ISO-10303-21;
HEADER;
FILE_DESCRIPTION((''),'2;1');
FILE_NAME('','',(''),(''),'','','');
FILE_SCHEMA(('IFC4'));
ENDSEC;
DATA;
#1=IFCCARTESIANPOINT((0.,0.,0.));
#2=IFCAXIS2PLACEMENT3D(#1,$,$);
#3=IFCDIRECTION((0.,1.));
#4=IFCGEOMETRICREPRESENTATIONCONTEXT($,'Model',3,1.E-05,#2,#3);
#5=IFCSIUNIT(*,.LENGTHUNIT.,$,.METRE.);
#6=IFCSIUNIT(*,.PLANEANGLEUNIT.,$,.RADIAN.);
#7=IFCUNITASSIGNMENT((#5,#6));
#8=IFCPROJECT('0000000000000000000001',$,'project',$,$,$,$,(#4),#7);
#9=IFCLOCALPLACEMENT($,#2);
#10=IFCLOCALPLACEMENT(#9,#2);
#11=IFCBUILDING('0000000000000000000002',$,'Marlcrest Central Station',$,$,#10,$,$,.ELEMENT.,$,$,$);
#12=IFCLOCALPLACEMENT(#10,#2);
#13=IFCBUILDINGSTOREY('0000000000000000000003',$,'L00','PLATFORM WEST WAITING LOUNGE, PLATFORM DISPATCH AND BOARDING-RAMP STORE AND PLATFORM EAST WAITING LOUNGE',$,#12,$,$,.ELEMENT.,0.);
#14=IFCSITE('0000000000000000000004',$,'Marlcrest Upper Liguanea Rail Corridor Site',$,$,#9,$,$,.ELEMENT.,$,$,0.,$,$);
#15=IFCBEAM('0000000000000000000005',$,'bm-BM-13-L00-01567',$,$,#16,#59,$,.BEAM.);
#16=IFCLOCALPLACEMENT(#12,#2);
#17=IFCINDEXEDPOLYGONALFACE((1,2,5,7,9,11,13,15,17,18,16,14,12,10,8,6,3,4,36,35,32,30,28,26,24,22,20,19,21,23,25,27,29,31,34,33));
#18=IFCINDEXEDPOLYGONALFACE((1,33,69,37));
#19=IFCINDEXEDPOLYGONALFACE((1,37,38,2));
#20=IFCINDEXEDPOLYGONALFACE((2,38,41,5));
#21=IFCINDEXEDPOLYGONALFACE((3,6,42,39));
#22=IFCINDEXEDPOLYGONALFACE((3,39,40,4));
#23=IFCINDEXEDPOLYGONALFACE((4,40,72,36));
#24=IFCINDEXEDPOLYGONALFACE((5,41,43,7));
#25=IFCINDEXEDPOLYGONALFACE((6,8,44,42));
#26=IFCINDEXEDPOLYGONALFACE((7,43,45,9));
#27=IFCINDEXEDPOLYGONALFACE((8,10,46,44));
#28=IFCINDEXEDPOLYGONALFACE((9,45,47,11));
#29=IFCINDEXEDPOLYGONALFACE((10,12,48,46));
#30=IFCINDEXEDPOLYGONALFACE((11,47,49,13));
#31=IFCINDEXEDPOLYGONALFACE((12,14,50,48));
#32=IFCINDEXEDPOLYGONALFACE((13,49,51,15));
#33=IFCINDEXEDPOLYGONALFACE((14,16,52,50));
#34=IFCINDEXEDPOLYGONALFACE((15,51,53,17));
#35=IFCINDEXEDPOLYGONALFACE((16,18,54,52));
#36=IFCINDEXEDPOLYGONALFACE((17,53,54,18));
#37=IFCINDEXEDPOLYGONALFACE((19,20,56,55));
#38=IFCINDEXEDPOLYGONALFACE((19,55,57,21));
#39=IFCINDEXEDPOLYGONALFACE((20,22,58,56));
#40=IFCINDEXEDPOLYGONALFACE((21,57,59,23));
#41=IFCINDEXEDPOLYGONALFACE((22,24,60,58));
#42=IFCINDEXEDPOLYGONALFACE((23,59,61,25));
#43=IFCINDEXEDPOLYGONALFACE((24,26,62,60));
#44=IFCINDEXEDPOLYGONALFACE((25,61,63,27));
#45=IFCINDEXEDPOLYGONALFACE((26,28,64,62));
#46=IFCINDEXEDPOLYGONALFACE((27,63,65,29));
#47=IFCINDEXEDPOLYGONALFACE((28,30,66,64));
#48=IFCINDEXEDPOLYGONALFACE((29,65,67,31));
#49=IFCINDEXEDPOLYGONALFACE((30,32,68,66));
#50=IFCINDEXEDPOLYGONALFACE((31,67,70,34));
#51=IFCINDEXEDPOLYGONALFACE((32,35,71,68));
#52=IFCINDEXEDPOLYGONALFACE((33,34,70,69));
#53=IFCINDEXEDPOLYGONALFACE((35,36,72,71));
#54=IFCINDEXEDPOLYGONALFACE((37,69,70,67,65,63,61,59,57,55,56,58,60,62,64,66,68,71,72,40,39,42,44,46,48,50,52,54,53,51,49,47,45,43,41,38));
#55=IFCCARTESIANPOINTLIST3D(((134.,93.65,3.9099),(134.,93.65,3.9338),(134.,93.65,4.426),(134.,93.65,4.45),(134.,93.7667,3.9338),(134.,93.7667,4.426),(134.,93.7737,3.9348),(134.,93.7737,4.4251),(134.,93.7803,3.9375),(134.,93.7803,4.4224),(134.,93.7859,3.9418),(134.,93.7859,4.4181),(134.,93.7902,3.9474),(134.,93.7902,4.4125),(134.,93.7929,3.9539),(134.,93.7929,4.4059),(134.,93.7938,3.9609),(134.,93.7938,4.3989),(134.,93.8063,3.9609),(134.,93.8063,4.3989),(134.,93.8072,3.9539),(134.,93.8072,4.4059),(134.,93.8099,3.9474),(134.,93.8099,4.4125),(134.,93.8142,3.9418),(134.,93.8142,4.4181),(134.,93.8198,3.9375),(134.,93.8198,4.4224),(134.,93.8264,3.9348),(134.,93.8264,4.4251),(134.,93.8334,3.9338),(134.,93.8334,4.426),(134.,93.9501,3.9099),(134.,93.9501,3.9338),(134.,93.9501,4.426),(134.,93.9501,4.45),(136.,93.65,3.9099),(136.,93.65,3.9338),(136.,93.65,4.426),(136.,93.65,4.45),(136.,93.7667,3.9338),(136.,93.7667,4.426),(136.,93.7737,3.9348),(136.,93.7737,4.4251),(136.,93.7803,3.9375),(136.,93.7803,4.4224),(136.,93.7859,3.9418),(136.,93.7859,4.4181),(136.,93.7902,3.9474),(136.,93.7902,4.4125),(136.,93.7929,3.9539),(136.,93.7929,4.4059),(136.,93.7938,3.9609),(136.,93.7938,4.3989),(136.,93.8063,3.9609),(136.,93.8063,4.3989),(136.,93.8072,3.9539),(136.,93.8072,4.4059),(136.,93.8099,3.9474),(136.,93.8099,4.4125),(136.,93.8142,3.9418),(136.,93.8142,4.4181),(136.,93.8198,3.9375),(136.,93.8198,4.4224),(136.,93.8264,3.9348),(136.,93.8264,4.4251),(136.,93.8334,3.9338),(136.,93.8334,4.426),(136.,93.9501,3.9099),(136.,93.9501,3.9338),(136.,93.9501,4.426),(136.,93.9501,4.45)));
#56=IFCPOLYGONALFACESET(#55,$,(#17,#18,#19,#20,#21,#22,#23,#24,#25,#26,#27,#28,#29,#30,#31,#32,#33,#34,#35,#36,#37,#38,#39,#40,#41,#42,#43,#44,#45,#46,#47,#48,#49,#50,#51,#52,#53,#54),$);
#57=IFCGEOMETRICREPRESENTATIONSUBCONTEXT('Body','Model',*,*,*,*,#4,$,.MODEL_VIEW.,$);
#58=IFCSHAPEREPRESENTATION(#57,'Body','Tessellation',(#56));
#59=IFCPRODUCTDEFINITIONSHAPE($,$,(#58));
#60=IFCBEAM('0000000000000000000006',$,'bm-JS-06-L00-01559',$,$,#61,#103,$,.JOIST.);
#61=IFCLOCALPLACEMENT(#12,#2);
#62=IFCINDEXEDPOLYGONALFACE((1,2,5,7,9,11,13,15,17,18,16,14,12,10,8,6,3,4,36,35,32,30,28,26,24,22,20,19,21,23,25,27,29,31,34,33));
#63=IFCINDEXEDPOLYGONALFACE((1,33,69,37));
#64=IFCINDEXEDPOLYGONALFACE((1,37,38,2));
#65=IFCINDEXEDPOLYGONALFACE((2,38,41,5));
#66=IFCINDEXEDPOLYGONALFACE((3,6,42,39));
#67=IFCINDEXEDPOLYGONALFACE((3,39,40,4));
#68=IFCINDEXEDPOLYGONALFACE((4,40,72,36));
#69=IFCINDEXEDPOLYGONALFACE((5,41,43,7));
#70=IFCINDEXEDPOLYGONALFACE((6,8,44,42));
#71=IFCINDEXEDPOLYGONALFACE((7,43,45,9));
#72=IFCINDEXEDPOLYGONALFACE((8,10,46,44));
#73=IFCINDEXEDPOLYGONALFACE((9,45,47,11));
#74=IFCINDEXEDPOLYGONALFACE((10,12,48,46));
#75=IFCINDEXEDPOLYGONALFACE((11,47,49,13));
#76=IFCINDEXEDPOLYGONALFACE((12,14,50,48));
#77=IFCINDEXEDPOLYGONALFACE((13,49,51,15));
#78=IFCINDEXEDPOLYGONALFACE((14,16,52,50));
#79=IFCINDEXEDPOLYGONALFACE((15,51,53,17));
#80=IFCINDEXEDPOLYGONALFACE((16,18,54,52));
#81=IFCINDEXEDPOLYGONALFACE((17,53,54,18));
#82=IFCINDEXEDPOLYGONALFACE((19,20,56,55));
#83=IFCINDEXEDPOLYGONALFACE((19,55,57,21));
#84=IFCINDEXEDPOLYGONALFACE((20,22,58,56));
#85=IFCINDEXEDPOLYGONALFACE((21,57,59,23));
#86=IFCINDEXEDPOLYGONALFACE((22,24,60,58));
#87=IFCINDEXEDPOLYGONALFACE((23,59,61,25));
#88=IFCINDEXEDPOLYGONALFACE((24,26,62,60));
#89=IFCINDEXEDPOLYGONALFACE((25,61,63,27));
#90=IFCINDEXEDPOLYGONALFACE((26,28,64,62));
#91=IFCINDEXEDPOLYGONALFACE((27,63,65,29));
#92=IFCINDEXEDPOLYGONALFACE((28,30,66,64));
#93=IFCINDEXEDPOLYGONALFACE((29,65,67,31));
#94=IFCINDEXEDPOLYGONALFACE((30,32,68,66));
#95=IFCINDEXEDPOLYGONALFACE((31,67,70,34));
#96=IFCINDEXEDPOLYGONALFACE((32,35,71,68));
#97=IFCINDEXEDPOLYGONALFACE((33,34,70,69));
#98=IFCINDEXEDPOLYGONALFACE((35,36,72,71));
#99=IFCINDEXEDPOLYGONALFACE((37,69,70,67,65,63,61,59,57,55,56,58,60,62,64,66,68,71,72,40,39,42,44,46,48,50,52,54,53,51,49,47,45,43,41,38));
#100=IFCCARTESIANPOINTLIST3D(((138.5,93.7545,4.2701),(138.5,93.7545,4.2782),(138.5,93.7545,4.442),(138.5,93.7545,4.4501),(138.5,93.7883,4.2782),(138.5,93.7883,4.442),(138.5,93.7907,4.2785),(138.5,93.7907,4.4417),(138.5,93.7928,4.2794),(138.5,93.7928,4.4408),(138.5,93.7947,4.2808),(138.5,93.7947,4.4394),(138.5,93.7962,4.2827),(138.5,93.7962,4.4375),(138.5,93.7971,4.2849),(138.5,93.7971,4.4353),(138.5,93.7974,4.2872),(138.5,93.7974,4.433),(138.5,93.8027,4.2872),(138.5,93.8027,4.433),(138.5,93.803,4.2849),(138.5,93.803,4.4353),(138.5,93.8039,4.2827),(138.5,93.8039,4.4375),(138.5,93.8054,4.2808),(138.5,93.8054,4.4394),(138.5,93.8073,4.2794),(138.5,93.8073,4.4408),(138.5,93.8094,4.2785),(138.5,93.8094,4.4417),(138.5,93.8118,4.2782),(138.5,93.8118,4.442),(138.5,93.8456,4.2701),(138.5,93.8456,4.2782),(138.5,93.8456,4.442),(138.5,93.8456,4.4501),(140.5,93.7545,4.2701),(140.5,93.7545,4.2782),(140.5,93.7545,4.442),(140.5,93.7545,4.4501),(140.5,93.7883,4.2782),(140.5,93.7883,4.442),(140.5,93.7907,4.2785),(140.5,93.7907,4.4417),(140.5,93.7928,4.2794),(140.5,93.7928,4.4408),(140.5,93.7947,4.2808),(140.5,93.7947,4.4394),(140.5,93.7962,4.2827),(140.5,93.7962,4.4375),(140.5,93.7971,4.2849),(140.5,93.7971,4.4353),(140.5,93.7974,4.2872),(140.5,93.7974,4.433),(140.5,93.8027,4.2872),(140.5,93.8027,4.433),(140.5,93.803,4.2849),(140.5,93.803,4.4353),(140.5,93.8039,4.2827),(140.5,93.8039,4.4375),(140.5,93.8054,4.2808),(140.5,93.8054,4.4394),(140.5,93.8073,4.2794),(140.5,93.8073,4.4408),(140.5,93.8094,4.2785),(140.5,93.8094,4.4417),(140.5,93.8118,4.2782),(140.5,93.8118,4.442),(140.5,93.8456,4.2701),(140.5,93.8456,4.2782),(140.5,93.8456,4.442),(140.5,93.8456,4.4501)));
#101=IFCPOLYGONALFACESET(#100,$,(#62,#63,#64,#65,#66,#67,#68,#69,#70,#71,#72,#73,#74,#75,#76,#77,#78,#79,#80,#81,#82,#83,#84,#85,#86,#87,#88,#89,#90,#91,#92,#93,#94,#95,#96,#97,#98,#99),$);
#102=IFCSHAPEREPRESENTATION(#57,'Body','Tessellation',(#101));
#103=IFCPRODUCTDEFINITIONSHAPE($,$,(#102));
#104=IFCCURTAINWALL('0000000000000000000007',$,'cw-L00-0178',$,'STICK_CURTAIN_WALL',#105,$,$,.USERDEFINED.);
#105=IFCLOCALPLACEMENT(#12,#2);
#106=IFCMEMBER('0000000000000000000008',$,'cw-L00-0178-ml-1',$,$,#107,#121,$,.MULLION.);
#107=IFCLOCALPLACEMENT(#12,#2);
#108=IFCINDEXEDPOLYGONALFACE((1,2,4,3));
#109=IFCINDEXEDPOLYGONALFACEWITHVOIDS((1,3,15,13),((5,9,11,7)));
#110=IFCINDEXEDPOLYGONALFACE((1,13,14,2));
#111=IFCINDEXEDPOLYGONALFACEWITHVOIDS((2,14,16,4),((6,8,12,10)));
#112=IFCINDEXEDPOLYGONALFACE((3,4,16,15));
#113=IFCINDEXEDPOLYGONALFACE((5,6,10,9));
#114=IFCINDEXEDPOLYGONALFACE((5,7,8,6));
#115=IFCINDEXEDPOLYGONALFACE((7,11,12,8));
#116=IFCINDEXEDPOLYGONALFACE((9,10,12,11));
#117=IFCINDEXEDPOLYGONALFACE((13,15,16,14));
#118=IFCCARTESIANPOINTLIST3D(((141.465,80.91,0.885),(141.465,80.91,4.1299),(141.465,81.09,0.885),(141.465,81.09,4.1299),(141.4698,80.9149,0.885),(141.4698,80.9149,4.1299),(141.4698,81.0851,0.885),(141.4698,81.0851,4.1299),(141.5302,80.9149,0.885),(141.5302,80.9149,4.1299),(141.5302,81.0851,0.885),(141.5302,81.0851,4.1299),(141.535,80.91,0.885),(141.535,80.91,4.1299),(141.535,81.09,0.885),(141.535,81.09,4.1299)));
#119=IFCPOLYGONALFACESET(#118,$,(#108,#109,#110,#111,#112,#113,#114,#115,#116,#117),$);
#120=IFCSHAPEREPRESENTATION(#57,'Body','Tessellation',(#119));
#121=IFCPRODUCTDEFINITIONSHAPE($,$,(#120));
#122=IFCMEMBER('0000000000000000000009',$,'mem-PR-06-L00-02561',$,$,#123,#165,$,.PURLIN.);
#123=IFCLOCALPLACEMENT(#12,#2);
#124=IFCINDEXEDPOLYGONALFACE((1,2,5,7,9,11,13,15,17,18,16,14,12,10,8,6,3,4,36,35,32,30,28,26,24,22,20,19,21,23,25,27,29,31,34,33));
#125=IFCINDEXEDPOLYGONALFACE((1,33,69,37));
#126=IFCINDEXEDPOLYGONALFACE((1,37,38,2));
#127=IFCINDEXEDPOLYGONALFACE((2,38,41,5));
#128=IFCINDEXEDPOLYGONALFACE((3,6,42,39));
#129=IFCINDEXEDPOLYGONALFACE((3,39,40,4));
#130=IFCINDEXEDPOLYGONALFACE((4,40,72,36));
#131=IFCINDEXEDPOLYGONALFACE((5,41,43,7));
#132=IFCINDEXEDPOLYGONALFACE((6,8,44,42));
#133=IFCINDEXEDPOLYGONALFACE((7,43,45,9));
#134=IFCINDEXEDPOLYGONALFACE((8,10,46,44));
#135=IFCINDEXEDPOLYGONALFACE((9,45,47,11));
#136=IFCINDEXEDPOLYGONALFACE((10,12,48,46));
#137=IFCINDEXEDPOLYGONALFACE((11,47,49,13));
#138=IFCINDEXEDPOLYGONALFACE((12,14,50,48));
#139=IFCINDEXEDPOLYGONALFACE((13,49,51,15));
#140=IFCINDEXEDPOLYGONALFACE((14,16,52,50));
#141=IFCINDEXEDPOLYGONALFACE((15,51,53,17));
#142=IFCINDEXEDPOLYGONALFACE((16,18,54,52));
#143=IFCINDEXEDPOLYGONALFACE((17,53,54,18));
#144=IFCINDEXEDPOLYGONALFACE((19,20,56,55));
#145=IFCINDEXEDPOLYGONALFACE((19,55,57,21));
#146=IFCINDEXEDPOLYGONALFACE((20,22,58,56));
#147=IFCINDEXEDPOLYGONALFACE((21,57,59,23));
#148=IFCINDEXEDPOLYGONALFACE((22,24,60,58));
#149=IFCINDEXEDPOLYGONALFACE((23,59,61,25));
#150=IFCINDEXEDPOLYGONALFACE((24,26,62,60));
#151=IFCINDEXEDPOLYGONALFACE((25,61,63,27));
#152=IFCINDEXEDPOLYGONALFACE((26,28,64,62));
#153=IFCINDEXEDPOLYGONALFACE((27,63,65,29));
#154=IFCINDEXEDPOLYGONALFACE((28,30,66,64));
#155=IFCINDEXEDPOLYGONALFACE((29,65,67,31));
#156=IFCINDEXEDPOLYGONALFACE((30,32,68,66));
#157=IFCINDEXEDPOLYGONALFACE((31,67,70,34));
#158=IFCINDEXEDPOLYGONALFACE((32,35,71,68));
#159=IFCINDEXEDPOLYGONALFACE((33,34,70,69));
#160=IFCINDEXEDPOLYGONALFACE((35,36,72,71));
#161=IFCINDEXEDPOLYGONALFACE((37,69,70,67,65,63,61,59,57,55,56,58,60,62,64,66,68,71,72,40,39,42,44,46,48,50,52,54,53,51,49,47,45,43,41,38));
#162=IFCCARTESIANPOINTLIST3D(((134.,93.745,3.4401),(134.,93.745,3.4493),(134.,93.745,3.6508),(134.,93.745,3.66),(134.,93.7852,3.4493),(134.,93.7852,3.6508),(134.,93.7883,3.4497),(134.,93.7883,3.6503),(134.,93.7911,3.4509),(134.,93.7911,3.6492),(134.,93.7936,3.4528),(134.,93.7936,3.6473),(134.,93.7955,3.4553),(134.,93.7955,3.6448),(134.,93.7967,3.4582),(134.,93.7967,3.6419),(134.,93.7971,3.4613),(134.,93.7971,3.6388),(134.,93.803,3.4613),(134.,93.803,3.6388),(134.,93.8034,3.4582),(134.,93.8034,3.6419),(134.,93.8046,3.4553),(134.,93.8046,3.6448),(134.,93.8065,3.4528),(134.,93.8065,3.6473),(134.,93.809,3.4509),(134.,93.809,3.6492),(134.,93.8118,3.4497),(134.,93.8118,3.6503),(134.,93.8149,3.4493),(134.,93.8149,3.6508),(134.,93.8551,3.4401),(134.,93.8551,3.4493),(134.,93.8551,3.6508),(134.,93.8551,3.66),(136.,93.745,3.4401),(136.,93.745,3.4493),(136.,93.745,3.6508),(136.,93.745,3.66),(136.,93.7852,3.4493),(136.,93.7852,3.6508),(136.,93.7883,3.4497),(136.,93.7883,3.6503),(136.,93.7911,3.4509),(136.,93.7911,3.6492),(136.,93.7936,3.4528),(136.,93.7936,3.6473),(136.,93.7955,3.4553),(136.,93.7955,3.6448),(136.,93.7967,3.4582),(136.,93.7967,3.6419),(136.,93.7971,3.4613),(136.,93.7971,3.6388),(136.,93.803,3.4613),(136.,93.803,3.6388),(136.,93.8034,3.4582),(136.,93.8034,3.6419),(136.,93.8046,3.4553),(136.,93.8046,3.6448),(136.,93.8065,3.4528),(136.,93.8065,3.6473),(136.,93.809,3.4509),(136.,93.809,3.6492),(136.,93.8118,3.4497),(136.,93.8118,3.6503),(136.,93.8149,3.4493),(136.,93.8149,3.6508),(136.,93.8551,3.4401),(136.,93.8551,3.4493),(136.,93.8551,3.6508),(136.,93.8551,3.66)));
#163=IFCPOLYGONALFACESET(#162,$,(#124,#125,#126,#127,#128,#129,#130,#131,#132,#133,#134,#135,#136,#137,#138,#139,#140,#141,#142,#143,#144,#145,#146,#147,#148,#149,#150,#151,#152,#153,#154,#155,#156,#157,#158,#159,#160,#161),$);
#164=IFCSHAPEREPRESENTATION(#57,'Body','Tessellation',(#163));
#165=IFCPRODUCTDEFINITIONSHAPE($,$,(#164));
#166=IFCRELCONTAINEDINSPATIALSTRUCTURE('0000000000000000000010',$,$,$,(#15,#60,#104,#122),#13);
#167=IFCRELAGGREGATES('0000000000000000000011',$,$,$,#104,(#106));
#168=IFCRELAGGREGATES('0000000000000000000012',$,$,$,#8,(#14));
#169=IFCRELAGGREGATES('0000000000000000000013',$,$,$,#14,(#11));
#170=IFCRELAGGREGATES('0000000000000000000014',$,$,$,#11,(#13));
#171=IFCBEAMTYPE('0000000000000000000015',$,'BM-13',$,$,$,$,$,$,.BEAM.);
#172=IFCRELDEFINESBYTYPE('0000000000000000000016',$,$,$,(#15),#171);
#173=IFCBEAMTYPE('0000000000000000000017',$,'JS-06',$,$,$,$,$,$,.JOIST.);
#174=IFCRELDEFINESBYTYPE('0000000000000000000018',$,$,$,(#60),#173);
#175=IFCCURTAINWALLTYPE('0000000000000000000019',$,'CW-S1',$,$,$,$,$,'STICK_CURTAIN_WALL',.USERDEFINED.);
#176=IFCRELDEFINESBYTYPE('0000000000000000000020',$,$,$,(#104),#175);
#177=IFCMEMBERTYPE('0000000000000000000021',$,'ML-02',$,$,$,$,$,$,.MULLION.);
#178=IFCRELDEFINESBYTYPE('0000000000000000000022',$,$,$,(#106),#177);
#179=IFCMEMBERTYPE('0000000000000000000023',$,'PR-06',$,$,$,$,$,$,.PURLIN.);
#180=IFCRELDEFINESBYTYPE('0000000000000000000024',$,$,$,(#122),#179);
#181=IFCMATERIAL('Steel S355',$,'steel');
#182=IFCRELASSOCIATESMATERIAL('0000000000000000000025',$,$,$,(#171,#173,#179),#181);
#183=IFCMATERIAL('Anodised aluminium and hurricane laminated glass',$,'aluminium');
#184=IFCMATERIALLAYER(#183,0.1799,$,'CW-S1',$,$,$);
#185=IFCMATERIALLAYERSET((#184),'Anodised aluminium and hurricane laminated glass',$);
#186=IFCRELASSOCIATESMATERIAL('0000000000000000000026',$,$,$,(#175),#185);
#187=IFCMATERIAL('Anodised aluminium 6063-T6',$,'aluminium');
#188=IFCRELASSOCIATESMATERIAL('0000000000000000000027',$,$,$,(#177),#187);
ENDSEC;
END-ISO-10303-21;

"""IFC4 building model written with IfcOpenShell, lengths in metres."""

from ifc_helpers import new_model, si_unit, direction, frame, origin, origin_2d, place, context, subcontext, project, spatial, hollow_rectangle, i_section, extrude, material, layer, layer_set, material_profile, profile_set, type_object, element, aggregate, save


model = new_model("IFC4")

# Units and contexts
model_context = context("Model", 3, precision=1e-05, world=origin(), true_north=direction((0.0, 1.0)))
body_context = subcontext(model_context, "Body", "Model", "MODEL_VIEW")
ifc_project = project(units=[si_unit("LENGTHUNIT", "METRE"), si_unit("PLANEANGLEUNIT", "RADIAN")], contexts=[model_context])

# Site, building, storey
site_placement = place(None, origin())
site = spatial("IfcSite", under=ifc_project, at=site_placement, Name="Marlcrest Upper Liguanea Rail Corridor Site", CompositionType="ELEMENT", RefElevation=0.0)
building_placement = place(site_placement, origin())
building = spatial("IfcBuilding", under=site, at=building_placement, Name="Marlcrest Central Station", CompositionType="ELEMENT")
storey_placement = place(building_placement, origin())
storey = spatial("IfcBuildingStorey", under=building, at=storey_placement, Name="L00", Description="PLATFORM WEST WAITING LOUNGE, PLATFORM DISPATCH AND BOARDING-RAMP STORE AND PLATFORM EAST WAITING LOUNGE", CompositionType="ELEMENT", Elevation=0.0)

# Shared definitions
ifc_material_1 = material(Name="Steel S355", Category="steel")

# Beams
ifc_material_profile_1 = material_profile(ifc_material_1, i_section(OverallWidth=0.3, OverallDepth=0.54, WebThickness=0.0125, FlangeThickness=0.0239, FilletRadius=0.0271, at=origin_2d()), Name="HEA 550")
ifc_profile_set_1 = profile_set([ifc_material_profile_1], Name="Steel S355")
beam_type_1 = type_object("IfcBeamType", Name="BM-13", PredefinedType="BEAM", material=ifc_profile_set_1)
beam_1_placement = place(storey_placement, frame((134.0, 93.8, 4.1799), z_axis=(1.0, 0.0, 0.0), x_axis=(0.0, 1.0, 0.0)))
element("IfcBeam", 1, at=beam_1_placement, inside=storey, type_object=beam_type_1, Name="bm-BM-13-L00-01567", PredefinedType="BEAM", context=body_context, shape_type="SweptSolid", body=[
    extrude(i_section(OverallWidth=0.3, OverallDepth=0.54, WebThickness=0.0125, FlangeThickness=0.0239, FilletRadius=0.0271, at=origin_2d()), origin(), (0.0, 0.0, 1.0), 2.0),
])
ifc_material_profile_2 = material_profile(ifc_material_1, i_section(OverallWidth=0.0911, OverallDepth=0.1799, WebThickness=0.0054, FlangeThickness=0.0081, FilletRadius=0.009, at=origin_2d()), Name="IPE 180")
ifc_profile_set_2 = profile_set([ifc_material_profile_2], Name="Steel S355")
beam_type_2 = type_object("IfcBeamType", Name="JS-06", PredefinedType="JOIST", material=ifc_profile_set_2)
beam_2_placement = place(storey_placement, frame((138.5, 93.8, 4.3601), z_axis=(1.0, 0.0, 0.0), x_axis=(0.0, 1.0, 0.0)))
element("IfcBeam", 2, at=beam_2_placement, inside=storey, type_object=beam_type_2, Name="bm-JS-06-L00-01559", PredefinedType="JOIST", context=body_context, shape_type="SweptSolid", body=[
    extrude(i_section(OverallWidth=0.0911, OverallDepth=0.1799, WebThickness=0.0054, FlangeThickness=0.0081, FilletRadius=0.009, at=origin_2d()), origin(), (0.0, 0.0, 1.0), 2.0),
])

# Curtain wall, member
ifc_material_2 = material(Name="Anodised aluminium and hurricane laminated glass", Category="aluminium")
ifc_layer_1 = layer(ifc_material_2, 0.1799, Name="CW-S1")
ifc_layer_set_1 = layer_set([ifc_layer_1], Name="Anodised aluminium and hurricane laminated glass")
curtain_wall_type = type_object("IfcCurtainWallType", Name="CW-S1", ElementType="STICK_CURTAIN_WALL", PredefinedType="USERDEFINED", material=ifc_layer_set_1)
curtain_wall_placement = place(storey_placement, origin())
curtain_wall = element("IfcCurtainWall", 3, at=curtain_wall_placement, inside=storey, type_object=curtain_wall_type, Name="cw-L00-0178", ObjectType="STICK_CURTAIN_WALL", PredefinedType="USERDEFINED")
ifc_material_3 = material(Name="Anodised aluminium 6063-T6", Category="aluminium")
ifc_material_profile_3 = material_profile(ifc_material_3, hollow_rectangle(XDim=0.0701, YDim=0.1799, WallThickness=0.0049, at=origin_2d()), Name="AA-RHS 180x70x5")
ifc_profile_set_3 = profile_set([ifc_material_profile_3], Name="Anodised aluminium 6063-T6")
member_type_1 = type_object("IfcMemberType", Name="ML-02", PredefinedType="MULLION", material=ifc_profile_set_3)
member_1_placement = place(storey_placement, frame((141.5, 81.0, 0.885), z_axis=(0.0, 0.0, 1.0), x_axis=(1.0, 0.0, 0.0)))
member_1 = element("IfcMember", 4, at=member_1_placement, type_object=member_type_1, Name="cw-L00-0178-ml-1", PredefinedType="MULLION", context=body_context, shape_type="SweptSolid", body=[
    extrude(hollow_rectangle(XDim=0.0701, YDim=0.1799, WallThickness=0.0049, at=origin_2d()), origin(), (0.0, 0.0, 1.0), 3.2449),
])

# Member
ifc_material_profile_4 = material_profile(ifc_material_1, i_section(OverallWidth=0.1101, OverallDepth=0.22, WebThickness=0.0059, FlangeThickness=0.0093, FilletRadius=0.012, at=origin_2d()), Name="IPE 220")
ifc_profile_set_4 = profile_set([ifc_material_profile_4], Name="Steel S355")
member_type_2 = type_object("IfcMemberType", Name="PR-06", PredefinedType="PURLIN", material=ifc_profile_set_4)
member_2_placement = place(storey_placement, frame((134.0, 93.8, 3.55), z_axis=(1.0, 0.0, 0.0), x_axis=(0.0, 1.0, 0.0)))
element("IfcMember", 5, at=member_2_placement, inside=storey, type_object=member_type_2, Name="mem-PR-06-L00-02561", PredefinedType="PURLIN", context=body_context, shape_type="SweptSolid", body=[
    extrude(i_section(OverallWidth=0.1101, OverallDepth=0.22, WebThickness=0.0059, FlangeThickness=0.0093, FilletRadius=0.012, at=origin_2d()), origin(), (0.0, 0.0, 1.0), 2.0),
])

aggregate(curtain_wall, [member_1])

save(model, "model.ifc")
